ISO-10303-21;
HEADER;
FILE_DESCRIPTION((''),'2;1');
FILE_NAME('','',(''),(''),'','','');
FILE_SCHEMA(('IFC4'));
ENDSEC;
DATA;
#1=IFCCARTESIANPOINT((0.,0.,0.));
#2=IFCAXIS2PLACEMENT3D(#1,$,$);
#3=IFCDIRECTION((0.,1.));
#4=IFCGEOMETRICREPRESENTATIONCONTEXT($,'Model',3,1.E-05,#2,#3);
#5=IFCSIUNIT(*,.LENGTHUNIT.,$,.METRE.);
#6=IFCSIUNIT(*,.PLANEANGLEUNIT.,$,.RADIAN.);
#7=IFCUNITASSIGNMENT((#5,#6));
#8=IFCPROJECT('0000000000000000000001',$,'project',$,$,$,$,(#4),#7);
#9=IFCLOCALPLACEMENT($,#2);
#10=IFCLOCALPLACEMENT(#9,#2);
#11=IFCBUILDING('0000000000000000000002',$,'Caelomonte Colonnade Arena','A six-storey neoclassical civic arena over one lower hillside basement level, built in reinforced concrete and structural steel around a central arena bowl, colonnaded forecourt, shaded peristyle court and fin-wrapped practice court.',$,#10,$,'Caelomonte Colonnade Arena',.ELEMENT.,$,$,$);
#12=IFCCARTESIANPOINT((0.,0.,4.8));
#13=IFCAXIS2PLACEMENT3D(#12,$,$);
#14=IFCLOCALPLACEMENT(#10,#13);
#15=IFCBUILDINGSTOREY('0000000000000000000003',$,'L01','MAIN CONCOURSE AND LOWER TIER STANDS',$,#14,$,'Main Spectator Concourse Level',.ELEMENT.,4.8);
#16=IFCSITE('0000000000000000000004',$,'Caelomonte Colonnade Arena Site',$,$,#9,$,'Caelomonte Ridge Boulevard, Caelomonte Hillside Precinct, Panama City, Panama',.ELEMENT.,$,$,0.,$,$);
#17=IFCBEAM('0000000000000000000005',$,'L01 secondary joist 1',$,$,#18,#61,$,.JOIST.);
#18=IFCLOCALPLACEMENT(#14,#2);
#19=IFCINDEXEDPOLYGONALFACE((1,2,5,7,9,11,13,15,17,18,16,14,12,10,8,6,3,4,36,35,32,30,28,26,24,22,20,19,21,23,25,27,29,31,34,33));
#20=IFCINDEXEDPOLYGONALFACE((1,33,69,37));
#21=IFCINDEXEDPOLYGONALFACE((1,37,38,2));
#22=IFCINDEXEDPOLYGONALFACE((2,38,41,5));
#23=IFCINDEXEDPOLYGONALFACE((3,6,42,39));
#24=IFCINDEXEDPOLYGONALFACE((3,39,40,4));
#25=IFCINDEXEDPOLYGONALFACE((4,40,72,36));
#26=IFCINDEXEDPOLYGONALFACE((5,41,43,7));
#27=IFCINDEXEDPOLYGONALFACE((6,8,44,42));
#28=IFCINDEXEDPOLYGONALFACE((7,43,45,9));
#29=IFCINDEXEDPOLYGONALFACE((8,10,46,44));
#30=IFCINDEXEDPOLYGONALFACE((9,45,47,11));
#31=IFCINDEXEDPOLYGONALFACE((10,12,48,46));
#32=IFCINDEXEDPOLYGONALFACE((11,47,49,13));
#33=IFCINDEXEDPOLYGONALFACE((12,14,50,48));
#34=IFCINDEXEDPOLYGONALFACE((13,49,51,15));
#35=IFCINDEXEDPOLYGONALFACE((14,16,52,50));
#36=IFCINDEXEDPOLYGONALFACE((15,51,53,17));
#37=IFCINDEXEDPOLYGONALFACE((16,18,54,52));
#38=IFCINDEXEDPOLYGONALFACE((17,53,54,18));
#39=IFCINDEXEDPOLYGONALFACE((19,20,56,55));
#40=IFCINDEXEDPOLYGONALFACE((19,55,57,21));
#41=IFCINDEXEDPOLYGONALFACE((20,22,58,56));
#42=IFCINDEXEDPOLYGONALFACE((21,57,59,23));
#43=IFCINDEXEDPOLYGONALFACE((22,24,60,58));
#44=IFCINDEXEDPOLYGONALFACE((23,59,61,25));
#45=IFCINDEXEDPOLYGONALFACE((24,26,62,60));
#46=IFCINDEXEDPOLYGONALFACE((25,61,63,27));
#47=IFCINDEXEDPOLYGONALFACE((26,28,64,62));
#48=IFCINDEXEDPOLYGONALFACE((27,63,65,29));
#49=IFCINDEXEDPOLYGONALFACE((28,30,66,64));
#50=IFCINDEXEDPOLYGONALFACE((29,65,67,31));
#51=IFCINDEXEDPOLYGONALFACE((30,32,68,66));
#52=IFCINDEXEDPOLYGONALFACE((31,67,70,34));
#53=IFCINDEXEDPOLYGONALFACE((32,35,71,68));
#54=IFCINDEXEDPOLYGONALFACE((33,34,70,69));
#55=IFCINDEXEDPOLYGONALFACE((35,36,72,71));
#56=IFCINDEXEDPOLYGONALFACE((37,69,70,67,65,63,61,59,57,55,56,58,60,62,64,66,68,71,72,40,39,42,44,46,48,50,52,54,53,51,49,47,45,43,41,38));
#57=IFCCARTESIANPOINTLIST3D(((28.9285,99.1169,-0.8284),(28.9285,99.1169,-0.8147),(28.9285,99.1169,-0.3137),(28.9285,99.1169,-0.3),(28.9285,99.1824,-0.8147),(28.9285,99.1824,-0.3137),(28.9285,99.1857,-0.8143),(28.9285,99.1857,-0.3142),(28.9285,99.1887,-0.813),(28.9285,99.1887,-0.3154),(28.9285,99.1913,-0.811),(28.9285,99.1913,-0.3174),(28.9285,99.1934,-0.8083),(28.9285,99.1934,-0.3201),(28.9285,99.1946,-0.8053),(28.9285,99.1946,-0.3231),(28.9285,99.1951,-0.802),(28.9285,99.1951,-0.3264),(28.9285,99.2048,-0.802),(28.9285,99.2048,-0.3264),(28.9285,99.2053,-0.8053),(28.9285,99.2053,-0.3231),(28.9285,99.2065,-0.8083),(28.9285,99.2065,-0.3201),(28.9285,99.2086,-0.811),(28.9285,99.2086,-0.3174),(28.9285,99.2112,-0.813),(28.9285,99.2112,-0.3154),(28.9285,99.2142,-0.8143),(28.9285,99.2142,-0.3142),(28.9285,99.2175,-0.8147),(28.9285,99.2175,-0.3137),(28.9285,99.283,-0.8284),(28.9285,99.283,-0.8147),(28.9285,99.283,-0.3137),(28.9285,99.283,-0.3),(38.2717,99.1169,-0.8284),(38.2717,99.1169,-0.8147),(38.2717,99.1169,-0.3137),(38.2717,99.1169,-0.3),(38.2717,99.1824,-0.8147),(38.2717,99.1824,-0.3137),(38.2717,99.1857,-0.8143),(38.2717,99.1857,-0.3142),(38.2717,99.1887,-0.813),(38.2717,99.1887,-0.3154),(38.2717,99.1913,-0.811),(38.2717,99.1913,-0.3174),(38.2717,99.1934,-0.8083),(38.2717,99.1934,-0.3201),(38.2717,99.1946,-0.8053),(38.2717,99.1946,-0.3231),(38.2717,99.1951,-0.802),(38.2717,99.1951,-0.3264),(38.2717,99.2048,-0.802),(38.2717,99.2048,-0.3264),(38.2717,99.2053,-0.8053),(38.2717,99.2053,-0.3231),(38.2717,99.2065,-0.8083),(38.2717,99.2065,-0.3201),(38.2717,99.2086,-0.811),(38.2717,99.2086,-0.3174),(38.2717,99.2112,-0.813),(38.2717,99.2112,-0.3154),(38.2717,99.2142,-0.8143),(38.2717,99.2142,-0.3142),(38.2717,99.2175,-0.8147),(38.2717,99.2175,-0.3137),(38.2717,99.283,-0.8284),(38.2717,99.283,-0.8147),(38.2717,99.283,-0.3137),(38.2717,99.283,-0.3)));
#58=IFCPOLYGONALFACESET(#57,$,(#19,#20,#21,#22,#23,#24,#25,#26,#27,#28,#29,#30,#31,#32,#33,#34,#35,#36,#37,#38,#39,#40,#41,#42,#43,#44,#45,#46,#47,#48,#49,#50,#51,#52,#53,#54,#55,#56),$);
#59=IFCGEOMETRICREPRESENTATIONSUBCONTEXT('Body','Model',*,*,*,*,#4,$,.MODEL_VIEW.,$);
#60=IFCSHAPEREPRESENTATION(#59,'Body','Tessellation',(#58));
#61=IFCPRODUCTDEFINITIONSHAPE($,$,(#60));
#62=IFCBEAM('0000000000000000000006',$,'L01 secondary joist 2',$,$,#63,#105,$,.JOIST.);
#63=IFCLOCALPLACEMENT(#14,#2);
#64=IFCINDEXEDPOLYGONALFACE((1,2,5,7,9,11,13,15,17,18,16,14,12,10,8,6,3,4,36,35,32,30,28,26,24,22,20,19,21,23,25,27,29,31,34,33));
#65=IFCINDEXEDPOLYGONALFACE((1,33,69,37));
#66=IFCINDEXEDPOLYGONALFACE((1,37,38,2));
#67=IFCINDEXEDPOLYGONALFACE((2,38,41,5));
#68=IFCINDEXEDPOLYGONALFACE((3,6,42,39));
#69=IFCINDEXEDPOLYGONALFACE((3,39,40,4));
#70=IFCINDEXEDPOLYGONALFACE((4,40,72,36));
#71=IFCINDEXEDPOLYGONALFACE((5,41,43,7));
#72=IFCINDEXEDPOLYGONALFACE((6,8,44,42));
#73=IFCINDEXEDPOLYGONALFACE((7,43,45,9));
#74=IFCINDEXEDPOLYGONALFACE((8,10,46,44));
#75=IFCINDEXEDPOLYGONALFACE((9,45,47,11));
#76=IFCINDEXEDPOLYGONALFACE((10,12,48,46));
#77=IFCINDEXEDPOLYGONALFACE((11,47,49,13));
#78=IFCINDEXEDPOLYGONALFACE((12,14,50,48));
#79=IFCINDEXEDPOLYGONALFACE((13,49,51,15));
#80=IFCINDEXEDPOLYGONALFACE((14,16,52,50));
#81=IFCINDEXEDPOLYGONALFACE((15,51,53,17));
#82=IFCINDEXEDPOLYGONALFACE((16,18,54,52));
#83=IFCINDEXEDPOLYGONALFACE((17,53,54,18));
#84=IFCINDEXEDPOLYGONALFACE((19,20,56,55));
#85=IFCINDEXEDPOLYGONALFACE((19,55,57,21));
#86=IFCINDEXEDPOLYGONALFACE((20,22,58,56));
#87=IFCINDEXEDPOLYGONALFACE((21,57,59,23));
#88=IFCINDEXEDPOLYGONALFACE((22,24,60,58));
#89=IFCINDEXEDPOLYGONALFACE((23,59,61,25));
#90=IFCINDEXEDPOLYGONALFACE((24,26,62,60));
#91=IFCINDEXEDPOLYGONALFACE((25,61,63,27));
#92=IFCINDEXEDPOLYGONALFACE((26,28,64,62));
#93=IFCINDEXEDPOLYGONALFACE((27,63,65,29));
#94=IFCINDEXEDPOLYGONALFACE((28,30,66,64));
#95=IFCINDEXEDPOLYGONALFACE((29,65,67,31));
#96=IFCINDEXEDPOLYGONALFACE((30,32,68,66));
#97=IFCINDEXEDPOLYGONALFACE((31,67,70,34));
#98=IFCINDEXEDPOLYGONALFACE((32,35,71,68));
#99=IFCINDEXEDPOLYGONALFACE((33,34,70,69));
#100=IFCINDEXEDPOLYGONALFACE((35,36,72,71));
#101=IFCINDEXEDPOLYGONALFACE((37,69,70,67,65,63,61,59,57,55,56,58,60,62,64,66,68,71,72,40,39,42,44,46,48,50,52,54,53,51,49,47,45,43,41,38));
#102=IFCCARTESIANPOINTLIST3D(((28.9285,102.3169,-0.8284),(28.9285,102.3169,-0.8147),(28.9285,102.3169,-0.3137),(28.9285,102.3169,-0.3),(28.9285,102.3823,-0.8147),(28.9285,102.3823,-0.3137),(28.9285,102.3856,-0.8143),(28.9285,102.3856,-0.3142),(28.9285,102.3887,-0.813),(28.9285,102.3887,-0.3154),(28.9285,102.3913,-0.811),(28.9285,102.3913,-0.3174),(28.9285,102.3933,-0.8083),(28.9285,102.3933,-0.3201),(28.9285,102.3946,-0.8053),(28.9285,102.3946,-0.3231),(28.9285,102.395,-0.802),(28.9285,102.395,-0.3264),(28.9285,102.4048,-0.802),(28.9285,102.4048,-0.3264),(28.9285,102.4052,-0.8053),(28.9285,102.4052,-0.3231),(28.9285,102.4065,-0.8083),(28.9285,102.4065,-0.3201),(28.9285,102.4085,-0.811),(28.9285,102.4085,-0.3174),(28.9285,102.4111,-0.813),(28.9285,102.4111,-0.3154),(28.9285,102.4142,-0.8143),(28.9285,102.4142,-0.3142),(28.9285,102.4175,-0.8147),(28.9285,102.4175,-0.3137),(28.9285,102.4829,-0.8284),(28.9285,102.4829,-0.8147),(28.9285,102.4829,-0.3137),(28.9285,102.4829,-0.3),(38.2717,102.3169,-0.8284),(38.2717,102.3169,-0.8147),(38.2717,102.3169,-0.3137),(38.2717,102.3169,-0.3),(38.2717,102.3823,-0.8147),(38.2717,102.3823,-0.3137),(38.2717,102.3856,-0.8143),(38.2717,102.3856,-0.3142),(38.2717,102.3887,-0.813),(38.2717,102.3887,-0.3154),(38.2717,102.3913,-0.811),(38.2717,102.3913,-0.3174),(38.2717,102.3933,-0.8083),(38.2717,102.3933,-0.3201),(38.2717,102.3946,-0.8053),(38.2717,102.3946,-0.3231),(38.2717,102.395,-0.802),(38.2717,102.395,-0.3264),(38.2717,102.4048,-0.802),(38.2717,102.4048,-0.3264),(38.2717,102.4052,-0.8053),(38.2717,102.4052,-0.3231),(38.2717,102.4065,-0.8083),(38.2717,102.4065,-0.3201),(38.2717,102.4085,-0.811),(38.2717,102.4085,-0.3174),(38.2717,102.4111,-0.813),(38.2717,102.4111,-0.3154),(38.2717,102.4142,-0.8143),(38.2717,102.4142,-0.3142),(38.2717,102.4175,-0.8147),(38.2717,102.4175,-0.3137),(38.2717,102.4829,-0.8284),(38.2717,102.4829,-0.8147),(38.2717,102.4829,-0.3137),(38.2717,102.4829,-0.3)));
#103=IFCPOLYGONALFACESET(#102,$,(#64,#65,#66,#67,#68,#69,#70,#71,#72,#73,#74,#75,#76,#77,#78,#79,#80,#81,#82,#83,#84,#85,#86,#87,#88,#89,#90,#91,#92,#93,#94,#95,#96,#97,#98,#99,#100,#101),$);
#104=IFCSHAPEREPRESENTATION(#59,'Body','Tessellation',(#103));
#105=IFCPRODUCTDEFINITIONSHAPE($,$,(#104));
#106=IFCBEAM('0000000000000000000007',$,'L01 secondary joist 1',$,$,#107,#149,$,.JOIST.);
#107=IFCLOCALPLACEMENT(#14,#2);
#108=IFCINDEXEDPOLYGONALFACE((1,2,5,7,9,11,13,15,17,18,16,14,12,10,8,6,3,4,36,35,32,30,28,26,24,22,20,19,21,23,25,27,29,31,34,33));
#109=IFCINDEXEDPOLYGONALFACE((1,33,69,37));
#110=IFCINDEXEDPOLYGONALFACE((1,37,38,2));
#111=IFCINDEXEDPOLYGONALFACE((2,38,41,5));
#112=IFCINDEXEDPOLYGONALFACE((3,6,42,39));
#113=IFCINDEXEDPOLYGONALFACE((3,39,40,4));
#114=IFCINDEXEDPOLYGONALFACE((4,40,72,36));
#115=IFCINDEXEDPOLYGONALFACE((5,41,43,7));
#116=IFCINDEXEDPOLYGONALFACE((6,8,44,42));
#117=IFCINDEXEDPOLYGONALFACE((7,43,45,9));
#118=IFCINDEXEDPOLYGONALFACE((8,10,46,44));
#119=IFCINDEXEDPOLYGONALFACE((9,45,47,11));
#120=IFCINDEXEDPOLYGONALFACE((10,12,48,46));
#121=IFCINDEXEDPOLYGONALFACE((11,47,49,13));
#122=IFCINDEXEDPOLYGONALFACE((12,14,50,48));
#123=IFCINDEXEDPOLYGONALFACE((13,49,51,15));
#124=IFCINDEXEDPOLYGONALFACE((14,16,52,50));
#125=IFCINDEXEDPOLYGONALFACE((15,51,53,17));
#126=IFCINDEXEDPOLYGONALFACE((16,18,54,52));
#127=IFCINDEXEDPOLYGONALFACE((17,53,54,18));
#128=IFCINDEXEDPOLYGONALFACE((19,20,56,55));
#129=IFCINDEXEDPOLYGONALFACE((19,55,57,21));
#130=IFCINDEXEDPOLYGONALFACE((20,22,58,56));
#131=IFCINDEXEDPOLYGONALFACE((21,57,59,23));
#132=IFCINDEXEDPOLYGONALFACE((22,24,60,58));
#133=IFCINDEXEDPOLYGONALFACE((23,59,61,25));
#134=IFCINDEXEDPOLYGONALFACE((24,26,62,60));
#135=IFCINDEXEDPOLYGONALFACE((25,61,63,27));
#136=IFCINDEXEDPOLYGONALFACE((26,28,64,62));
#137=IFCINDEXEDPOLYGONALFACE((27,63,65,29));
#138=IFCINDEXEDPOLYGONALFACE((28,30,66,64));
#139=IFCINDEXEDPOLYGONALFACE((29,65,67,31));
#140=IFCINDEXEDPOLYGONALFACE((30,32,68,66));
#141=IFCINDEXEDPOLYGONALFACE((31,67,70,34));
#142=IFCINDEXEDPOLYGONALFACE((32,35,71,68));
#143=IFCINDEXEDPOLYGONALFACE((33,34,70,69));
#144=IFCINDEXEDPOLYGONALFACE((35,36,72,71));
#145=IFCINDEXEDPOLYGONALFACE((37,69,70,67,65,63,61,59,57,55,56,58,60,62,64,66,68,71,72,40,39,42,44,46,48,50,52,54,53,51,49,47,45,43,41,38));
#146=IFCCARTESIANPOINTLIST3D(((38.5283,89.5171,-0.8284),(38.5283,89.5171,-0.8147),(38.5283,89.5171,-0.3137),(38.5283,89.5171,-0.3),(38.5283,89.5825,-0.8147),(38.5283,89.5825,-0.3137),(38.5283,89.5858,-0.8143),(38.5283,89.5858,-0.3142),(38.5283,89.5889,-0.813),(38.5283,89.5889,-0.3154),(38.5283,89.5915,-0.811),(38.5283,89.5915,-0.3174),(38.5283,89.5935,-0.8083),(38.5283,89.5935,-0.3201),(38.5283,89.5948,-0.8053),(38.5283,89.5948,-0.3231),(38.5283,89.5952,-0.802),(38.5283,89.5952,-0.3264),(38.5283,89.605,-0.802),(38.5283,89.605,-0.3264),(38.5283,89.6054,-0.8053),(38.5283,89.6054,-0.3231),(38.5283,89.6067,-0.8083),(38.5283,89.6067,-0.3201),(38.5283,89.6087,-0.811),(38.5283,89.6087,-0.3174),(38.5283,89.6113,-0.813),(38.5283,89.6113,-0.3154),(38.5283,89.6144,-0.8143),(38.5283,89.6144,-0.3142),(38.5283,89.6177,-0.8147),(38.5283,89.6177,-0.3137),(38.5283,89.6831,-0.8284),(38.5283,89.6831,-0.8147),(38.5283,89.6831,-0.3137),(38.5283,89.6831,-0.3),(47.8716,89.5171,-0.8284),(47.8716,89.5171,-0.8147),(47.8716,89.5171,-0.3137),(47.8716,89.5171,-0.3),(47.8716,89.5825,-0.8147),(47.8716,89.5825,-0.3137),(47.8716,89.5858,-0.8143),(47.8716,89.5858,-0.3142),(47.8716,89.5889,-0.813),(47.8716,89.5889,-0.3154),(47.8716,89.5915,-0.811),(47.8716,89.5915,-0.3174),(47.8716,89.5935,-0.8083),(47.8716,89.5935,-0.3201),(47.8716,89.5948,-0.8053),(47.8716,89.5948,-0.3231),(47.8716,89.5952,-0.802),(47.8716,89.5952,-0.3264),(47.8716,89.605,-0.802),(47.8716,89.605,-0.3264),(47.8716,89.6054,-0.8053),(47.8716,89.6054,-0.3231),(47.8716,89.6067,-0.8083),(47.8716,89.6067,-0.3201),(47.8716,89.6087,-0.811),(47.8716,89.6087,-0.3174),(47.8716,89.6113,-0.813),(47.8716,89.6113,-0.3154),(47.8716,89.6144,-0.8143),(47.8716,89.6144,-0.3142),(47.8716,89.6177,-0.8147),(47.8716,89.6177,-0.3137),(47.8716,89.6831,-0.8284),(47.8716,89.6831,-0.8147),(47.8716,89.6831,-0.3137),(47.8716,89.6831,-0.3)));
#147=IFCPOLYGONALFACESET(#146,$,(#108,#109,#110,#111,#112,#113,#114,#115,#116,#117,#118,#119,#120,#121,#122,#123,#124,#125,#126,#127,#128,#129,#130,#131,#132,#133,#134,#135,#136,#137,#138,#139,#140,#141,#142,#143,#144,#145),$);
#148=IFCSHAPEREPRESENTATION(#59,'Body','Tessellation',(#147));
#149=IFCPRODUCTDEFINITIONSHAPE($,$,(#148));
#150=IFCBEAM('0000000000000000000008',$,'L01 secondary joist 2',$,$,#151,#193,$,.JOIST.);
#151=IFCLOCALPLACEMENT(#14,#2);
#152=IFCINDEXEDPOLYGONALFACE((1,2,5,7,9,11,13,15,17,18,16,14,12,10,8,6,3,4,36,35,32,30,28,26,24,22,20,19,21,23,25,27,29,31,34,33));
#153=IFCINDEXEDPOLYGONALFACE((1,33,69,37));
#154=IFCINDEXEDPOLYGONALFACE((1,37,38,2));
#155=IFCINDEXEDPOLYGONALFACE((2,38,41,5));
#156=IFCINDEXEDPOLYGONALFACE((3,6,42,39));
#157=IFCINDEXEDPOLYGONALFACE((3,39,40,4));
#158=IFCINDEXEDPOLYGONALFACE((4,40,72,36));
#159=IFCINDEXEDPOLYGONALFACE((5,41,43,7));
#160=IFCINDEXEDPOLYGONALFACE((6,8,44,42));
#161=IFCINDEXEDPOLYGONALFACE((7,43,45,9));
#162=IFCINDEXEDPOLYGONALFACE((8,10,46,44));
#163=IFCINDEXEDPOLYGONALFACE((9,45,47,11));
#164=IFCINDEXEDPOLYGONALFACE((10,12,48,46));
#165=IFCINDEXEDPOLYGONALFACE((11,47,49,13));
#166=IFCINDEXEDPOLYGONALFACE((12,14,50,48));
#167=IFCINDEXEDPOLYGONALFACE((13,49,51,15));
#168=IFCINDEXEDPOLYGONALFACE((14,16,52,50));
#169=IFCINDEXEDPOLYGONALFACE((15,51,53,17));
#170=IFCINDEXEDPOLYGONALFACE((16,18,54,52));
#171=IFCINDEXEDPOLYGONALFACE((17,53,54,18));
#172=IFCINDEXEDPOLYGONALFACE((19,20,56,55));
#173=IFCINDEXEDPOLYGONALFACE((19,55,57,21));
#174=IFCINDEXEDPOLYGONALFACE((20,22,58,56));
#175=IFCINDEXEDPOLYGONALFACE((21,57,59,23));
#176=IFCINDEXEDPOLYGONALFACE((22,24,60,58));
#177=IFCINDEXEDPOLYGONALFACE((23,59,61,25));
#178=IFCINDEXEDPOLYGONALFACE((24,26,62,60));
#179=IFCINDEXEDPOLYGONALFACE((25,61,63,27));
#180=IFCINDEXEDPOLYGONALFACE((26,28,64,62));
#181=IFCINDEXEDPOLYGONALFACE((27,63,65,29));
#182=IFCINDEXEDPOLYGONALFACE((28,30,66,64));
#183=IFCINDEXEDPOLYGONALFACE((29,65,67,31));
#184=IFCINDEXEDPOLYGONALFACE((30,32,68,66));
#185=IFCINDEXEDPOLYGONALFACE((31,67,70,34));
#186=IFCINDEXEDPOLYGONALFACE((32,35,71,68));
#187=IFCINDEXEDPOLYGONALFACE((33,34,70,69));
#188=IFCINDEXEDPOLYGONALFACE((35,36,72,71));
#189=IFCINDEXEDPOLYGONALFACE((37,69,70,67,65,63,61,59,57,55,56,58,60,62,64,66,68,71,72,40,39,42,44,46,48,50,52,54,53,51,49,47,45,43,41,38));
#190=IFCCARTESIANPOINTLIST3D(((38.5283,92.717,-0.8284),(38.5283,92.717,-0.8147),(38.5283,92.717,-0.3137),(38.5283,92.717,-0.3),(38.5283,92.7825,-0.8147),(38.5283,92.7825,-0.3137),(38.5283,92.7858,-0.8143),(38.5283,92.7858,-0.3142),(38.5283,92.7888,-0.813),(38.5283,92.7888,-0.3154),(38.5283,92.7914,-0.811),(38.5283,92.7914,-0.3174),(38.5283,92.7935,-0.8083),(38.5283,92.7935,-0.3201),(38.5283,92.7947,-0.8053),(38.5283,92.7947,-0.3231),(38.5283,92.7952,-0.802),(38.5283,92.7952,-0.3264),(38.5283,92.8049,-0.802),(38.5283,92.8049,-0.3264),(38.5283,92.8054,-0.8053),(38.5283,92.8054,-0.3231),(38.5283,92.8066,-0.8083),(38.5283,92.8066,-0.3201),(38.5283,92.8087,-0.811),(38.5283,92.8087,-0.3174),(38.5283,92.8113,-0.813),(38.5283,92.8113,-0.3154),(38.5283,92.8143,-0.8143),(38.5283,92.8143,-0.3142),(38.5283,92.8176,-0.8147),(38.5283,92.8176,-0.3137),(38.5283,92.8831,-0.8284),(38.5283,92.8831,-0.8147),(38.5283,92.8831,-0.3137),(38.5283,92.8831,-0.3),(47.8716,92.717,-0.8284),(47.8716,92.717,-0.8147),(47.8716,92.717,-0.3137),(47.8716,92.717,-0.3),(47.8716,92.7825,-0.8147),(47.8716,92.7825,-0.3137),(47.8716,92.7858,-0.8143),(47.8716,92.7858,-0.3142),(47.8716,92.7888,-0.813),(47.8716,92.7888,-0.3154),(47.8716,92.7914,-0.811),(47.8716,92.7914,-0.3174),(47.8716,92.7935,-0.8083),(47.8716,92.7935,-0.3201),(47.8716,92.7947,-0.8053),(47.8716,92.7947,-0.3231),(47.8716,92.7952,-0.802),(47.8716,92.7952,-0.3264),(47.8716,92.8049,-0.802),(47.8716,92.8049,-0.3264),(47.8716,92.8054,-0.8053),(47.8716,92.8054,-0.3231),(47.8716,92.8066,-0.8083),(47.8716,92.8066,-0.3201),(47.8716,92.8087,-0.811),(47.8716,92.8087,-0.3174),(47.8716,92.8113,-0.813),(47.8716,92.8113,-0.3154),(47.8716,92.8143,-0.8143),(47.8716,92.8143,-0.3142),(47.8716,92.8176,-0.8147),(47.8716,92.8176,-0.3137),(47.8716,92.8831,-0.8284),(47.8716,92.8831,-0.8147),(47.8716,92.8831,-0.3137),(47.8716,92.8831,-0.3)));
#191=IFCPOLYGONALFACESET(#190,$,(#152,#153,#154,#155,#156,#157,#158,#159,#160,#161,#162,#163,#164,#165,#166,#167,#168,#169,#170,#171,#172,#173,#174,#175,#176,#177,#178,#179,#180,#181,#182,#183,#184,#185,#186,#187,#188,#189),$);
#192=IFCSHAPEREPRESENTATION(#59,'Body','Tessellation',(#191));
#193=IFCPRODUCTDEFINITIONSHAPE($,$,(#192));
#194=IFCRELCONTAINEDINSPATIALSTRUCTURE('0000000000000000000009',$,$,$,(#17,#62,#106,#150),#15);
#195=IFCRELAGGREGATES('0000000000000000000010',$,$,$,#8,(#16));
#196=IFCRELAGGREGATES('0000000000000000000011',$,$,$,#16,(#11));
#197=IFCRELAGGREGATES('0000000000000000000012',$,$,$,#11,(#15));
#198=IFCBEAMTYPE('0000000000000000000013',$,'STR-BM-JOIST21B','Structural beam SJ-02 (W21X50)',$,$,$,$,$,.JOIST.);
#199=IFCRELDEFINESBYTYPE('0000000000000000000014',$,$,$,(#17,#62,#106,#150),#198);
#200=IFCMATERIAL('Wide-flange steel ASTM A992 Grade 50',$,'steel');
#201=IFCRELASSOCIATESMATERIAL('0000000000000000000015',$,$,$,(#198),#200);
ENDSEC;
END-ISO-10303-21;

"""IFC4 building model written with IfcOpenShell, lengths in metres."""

from ifc_helpers import new_model, si_unit, direction, frame, origin, origin_2d, place, context, subcontext, project, spatial, i_section, extrude, material, material_profile, profile_set, type_object, element, save


model = new_model("IFC4")

# Units and contexts
model_context = context("Model", 3, precision=1e-05, world=origin(), true_north=direction((0.0, 1.0)))
body_context = subcontext(model_context, "Body", "Model", "MODEL_VIEW")
ifc_project = project(units=[si_unit("LENGTHUNIT", "METRE"), si_unit("PLANEANGLEUNIT", "RADIAN")], contexts=[model_context])

# Site, building, storey
site_placement = place(None, origin())
site = spatial("IfcSite", under=ifc_project, at=site_placement, Name="Caelomonte Colonnade Arena Site", LongName="Caelomonte Ridge Boulevard, Caelomonte Hillside Precinct, Panama City, Panama", CompositionType="ELEMENT", RefElevation=0.0)
building_placement = place(site_placement, origin())
building = spatial("IfcBuilding", under=site, at=building_placement, Name="Caelomonte Colonnade Arena", Description="A six-storey neoclassical civic arena over one lower hillside basement level, built in reinforced concrete and structural steel around a central arena bowl, colonnaded forecourt, shaded peristyle court and fin-wrapped practice court.", LongName="Caelomonte Colonnade Arena", CompositionType="ELEMENT")
storey_placement = place(building_placement, frame((0.0, 0.0, 4.8)))
storey = spatial("IfcBuildingStorey", under=building, at=storey_placement, Name="L01", Description="MAIN CONCOURSE AND LOWER TIER STANDS", LongName="Main Spectator Concourse Level", CompositionType="ELEMENT", Elevation=4.8)

# Beams
ifc_material_1 = material(Name="Wide-flange steel ASTM A992 Grade 50", Category="steel")
ifc_material_profile_1 = material_profile(ifc_material_1, i_section(OverallWidth=0.166, OverallDepth=0.5283, WebThickness=0.0098, FlangeThickness=0.0137, FilletRadius=0.0127, at=origin_2d()), Name="W21X50")
ifc_profile_set_1 = profile_set([ifc_material_profile_1], Name="Wide-flange steel ASTM A992 Grade 50")
beam_type_1 = type_object("IfcBeamType", Name="STR-BM-JOIST21B", Description="Structural beam SJ-02 (W21X50)", PredefinedType="JOIST", material=ifc_profile_set_1)
for number, where, z_axis, x_axis, name in (
    (1, (28.9285, 99.2, -0.5642), (1.0, 0.0, 0.0), (0.0, 1.0, 0.0), "L01 secondary joist 1"),
    (2, (28.9285, 102.3999, -0.5642), (1.0, 0.0, 0.0), (0.0, 1.0, 0.0), "L01 secondary joist 2"),
    (3, (38.5283, 89.6001, -0.5642), (1.0, 0.0, 0.0), (0.0, 1.0, 0.0), "L01 secondary joist 1"),
    (4, (38.5283, 92.8, -0.5642), (1.0, 0.0, 0.0), (0.0, 1.0, 0.0), "L01 secondary joist 2"),
):
    element("IfcBeam", number, at=place(storey_placement, frame(where, z_axis=z_axis, x_axis=x_axis)), inside=storey, type_object=beam_type_1, Name=name, PredefinedType="JOIST", context=body_context, shape_type="SweptSolid", body=[
        extrude(i_section(OverallWidth=0.166, OverallDepth=0.5283, WebThickness=0.0098, FlangeThickness=0.0137, FilletRadius=0.0127, at=origin_2d()), origin(), (0.0, 0.0, 1.0), 9.3433),
    ])

save(model, "model.ifc")
